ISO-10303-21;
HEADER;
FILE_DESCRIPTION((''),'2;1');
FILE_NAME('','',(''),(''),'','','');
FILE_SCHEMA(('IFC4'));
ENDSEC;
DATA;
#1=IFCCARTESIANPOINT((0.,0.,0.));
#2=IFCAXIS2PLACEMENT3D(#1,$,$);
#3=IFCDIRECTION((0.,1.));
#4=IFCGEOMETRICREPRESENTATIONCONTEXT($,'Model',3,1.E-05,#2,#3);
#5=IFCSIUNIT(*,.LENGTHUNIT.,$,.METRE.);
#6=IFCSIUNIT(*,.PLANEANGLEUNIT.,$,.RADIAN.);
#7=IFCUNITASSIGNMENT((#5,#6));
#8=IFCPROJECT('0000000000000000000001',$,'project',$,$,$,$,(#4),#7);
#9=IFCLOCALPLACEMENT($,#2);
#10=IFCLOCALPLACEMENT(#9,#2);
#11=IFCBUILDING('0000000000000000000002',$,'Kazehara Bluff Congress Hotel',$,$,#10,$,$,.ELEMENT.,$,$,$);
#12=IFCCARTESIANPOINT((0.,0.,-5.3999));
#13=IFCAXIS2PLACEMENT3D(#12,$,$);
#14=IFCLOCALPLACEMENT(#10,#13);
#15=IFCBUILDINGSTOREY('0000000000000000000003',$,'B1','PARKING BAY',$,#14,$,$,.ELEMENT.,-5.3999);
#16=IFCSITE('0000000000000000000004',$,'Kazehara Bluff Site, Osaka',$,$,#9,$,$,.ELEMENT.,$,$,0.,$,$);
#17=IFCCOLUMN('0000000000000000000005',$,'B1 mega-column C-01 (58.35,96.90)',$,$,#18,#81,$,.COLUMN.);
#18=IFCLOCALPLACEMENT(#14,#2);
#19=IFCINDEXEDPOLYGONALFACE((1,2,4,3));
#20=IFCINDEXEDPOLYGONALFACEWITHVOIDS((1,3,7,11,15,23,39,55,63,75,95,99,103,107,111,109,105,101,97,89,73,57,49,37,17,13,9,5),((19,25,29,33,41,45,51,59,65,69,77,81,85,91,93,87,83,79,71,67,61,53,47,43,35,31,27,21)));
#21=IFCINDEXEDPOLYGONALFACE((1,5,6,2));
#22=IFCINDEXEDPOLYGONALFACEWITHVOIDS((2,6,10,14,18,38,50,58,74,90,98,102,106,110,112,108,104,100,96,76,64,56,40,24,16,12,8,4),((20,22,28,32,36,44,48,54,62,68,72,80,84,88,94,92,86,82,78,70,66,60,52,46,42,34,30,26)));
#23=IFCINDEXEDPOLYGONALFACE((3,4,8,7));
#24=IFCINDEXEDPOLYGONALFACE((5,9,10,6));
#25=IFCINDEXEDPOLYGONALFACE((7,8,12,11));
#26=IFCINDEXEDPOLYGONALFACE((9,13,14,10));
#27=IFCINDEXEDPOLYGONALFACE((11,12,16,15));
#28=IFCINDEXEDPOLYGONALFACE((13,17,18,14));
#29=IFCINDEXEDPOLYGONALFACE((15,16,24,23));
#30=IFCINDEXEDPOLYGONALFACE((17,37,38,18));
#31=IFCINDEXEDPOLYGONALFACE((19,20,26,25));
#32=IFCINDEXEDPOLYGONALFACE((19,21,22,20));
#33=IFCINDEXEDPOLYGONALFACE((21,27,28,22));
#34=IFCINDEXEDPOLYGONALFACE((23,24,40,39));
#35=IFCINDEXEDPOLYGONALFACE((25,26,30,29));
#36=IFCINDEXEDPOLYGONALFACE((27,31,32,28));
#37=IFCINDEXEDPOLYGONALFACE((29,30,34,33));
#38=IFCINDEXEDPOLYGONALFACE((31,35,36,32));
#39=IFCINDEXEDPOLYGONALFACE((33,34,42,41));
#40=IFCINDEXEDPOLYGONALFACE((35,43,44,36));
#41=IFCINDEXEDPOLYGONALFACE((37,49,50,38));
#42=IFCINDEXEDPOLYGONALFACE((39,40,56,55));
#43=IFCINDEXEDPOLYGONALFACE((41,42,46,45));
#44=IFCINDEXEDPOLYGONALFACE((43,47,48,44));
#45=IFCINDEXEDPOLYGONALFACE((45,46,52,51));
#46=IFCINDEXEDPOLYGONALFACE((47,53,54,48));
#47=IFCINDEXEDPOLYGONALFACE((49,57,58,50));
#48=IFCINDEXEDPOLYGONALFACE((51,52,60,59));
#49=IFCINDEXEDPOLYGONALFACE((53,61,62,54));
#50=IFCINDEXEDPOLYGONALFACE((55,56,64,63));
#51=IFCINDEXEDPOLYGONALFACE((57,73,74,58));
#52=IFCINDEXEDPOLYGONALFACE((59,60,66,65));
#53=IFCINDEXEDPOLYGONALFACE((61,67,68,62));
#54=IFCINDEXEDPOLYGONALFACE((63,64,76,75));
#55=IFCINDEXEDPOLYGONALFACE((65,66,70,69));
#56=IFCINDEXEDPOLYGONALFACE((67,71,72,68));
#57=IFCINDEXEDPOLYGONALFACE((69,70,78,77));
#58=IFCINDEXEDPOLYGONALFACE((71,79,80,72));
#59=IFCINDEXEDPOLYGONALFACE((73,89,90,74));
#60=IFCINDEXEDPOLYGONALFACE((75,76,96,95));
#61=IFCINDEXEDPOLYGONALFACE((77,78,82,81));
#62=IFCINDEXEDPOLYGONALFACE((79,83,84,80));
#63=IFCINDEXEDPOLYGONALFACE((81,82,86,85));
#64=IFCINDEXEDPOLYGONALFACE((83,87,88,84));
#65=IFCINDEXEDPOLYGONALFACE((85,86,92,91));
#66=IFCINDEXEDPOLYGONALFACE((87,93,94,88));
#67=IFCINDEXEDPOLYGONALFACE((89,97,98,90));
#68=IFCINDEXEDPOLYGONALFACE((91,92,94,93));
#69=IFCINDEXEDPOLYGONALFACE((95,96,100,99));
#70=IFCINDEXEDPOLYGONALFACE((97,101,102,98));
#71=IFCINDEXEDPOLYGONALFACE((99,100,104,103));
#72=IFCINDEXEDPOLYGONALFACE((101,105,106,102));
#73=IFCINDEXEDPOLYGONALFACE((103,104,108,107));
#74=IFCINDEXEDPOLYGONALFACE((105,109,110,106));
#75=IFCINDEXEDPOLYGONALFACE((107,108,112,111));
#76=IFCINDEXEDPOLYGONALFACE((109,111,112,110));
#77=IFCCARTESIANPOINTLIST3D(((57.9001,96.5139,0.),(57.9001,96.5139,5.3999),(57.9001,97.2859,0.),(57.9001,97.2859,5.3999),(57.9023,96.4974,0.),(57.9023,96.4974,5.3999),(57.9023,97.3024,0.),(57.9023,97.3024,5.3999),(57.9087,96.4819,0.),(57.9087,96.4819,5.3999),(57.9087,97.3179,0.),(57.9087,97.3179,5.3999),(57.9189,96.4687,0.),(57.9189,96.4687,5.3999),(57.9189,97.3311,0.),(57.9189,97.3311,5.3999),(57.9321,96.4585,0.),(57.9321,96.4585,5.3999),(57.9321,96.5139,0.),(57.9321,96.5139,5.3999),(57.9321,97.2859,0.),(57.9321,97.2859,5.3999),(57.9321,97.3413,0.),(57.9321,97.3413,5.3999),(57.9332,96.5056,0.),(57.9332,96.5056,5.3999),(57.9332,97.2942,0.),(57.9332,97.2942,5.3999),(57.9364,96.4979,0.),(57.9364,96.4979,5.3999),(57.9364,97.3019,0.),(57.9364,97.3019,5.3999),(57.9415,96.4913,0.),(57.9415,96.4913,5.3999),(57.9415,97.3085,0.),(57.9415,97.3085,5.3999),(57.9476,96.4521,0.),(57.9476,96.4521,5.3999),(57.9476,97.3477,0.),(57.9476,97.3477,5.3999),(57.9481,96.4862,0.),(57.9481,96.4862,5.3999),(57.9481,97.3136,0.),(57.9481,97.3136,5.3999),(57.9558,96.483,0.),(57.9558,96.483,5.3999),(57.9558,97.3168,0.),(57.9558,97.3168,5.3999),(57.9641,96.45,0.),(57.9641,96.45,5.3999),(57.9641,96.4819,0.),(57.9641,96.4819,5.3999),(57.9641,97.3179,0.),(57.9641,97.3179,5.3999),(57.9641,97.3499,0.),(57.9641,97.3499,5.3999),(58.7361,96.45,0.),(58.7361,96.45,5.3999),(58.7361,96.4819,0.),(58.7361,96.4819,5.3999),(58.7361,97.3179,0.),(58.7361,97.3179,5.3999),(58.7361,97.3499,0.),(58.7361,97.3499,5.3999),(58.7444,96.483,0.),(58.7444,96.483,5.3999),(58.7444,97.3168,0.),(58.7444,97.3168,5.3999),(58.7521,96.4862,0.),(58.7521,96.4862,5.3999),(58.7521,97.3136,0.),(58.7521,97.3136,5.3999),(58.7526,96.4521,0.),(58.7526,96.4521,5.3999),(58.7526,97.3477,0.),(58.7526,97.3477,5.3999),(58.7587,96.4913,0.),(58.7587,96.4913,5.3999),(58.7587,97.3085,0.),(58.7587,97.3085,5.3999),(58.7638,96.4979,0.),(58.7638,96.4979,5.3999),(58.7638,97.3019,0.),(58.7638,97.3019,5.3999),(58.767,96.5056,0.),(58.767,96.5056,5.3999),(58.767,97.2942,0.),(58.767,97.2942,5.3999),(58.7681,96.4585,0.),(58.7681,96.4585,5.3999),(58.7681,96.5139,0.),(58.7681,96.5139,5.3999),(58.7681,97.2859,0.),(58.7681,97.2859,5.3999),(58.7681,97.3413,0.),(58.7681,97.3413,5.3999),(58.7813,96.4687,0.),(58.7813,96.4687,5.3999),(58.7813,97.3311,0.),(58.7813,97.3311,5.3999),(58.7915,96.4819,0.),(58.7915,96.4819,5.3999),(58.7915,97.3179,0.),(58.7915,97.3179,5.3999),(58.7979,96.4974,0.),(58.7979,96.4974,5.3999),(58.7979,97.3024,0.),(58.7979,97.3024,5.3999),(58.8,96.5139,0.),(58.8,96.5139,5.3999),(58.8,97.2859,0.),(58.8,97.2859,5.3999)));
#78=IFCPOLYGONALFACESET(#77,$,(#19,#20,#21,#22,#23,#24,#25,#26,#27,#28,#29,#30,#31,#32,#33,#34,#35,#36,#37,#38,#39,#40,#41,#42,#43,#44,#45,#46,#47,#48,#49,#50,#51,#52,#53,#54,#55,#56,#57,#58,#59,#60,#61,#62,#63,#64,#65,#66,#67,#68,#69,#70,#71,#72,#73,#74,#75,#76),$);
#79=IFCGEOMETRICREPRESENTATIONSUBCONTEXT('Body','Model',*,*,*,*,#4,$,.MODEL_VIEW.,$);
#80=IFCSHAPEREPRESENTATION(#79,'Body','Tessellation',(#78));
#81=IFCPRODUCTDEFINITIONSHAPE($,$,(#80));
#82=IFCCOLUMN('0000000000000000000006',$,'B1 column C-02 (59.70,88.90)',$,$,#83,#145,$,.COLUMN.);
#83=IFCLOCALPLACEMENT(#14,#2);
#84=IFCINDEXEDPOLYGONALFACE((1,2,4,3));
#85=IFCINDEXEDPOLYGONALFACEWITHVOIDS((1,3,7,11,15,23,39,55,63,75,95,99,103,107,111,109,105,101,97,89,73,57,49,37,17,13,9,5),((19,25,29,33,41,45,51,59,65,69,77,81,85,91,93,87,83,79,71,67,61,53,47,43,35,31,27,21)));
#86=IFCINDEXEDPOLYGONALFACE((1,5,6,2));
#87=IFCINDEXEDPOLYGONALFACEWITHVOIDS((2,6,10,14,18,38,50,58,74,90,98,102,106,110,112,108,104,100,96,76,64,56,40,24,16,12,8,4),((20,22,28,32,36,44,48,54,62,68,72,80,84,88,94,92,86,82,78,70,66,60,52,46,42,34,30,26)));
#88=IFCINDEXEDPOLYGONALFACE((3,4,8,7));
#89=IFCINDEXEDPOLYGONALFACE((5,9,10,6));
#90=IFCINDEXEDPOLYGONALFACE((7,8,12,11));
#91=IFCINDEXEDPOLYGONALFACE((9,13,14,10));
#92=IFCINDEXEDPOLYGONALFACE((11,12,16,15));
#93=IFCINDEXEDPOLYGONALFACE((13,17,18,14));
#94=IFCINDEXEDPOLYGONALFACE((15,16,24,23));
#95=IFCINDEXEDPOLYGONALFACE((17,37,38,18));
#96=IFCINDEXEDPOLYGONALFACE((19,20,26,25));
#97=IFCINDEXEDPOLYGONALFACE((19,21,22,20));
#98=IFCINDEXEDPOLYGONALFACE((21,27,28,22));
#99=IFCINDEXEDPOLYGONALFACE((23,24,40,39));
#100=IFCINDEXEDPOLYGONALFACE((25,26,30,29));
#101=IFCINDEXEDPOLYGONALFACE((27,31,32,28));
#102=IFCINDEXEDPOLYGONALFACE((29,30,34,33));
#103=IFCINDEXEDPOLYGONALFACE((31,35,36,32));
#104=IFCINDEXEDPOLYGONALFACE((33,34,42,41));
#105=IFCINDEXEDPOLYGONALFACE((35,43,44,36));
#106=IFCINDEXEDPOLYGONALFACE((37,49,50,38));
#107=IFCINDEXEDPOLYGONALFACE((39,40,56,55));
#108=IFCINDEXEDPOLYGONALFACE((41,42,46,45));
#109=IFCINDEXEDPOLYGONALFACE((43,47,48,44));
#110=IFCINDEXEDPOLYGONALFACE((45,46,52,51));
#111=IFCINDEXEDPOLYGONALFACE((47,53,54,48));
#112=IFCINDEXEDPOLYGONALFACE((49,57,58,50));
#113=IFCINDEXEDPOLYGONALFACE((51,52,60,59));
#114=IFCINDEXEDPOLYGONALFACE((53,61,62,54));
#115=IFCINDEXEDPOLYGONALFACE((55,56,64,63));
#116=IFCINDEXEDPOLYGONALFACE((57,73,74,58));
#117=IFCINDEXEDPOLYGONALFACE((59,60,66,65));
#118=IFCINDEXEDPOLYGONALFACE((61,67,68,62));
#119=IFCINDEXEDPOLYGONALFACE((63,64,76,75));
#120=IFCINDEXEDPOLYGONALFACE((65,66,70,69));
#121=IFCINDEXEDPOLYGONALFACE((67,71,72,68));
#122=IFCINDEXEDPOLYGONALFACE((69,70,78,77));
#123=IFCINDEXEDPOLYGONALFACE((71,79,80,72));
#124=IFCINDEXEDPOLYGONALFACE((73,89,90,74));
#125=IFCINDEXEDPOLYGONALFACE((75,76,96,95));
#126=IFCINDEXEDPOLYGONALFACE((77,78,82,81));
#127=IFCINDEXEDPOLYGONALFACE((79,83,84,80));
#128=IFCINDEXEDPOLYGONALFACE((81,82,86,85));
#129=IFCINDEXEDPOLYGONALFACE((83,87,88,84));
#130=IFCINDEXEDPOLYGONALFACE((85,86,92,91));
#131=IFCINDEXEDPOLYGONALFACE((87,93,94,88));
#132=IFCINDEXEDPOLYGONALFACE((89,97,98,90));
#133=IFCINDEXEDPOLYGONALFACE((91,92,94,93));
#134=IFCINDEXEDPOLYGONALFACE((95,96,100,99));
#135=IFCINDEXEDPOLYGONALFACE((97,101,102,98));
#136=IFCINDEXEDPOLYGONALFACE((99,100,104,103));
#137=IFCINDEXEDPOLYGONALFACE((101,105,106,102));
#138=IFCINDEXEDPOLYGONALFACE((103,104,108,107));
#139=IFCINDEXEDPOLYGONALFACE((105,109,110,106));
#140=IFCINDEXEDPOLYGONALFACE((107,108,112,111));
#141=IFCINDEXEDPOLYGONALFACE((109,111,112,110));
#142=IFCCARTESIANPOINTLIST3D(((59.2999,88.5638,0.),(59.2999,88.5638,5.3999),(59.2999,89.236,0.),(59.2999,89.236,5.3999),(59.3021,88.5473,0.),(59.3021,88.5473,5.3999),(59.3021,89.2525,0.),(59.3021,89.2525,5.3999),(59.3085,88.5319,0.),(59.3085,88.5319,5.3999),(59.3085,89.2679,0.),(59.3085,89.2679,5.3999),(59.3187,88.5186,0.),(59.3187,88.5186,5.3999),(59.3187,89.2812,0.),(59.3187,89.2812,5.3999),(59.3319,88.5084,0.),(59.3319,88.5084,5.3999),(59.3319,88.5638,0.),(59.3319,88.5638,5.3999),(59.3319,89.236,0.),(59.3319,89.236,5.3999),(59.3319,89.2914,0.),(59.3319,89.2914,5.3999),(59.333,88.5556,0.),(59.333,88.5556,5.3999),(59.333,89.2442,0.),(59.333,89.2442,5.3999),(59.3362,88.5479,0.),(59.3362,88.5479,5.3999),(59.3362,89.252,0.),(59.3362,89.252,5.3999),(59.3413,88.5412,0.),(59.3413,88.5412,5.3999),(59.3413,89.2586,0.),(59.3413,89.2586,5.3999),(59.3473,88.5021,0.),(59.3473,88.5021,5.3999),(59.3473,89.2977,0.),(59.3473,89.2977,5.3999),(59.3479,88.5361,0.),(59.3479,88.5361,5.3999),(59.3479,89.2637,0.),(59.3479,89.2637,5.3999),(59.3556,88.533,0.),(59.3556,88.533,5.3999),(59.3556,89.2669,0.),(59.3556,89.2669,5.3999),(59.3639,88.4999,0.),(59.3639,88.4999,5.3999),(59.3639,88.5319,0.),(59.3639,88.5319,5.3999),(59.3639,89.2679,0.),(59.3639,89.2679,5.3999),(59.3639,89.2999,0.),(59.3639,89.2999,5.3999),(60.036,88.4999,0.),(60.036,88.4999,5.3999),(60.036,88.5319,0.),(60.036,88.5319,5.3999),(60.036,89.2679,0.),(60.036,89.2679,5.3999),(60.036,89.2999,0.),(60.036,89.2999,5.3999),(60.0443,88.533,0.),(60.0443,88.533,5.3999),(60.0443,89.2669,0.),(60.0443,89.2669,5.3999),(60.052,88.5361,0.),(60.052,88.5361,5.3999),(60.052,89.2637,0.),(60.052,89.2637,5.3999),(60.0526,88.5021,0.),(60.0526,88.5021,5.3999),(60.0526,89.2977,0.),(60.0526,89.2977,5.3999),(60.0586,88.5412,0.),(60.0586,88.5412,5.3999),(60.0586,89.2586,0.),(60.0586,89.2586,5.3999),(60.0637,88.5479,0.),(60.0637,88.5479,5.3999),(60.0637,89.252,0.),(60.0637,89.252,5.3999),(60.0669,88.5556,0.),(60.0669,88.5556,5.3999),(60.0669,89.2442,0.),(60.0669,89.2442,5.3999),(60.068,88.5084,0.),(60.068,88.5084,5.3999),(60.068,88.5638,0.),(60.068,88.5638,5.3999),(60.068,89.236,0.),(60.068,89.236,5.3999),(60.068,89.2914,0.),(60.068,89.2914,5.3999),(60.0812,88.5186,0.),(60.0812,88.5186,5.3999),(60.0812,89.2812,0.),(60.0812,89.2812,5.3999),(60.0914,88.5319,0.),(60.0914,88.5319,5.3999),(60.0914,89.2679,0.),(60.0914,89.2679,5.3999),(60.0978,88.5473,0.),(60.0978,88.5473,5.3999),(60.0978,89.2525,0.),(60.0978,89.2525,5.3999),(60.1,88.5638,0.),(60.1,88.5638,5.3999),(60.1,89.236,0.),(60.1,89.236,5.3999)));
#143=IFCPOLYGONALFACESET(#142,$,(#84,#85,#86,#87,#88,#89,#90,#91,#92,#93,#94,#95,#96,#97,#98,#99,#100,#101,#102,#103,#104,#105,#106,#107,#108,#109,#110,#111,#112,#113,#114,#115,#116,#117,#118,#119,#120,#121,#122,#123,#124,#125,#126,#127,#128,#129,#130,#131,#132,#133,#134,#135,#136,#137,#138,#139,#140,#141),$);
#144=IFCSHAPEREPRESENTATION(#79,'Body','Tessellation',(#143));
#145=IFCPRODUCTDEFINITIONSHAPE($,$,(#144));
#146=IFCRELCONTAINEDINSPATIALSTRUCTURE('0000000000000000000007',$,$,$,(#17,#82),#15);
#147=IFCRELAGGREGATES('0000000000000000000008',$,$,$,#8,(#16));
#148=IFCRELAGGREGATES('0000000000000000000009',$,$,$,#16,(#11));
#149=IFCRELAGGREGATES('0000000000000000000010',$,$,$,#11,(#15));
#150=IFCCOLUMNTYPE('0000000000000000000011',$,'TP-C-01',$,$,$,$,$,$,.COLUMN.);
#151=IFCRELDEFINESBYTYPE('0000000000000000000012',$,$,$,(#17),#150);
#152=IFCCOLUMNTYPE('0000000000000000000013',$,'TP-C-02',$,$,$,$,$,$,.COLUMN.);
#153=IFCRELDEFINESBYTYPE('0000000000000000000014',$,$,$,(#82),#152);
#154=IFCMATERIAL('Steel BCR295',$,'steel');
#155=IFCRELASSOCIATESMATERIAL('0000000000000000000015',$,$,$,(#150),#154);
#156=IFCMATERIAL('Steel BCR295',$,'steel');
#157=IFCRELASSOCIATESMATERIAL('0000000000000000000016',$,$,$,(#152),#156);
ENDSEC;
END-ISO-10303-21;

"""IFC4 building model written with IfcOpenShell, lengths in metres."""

from ifc_helpers import new_model, si_unit, direction, frame, origin, origin_2d, place, context, subcontext, project, spatial, hollow_rectangle, extrude, material, material_profile, profile_set, type_object, element, save


model = new_model("IFC4")

# Units and contexts
model_context = context("Model", 3, precision=1e-05, world=origin(), true_north=direction((0.0, 1.0)))
body_context = subcontext(model_context, "Body", "Model", "MODEL_VIEW")
ifc_project = project(units=[si_unit("LENGTHUNIT", "METRE"), si_unit("PLANEANGLEUNIT", "RADIAN")], contexts=[model_context])

# Site, building, storey
site_placement = place(None, origin())
site = spatial("IfcSite", under=ifc_project, at=site_placement, Name="Kazehara Bluff Site, Osaka", CompositionType="ELEMENT", RefElevation=0.0)
building_placement = place(site_placement, origin())
building = spatial("IfcBuilding", under=site, at=building_placement, Name="Kazehara Bluff Congress Hotel", CompositionType="ELEMENT")
storey_placement = place(building_placement, frame((0.0, 0.0, -5.3999)))
storey = spatial("IfcBuildingStorey", under=building, at=storey_placement, Name="B1", Description="PARKING BAY", CompositionType="ELEMENT", Elevation=-5.3999)

# Columns
ifc_material_1 = material(Name="Steel BCR295", Category="steel")
ifc_material_profile_1 = material_profile(ifc_material_1, hollow_rectangle(XDim=0.8999, YDim=0.8999, WallThickness=0.032, InnerFilletRadius=0.032, OuterFilletRadius=0.064, at=origin_2d()))
ifc_profile_set_1 = profile_set([ifc_material_profile_1], Name="Steel BCR295")
column_type_1 = type_object("IfcColumnType", Name="TP-C-01", PredefinedType="COLUMN", material=ifc_profile_set_1)
for number, where, z_axis, x_axis, name in (
    (1, (58.3501, 96.8999, 0.0), (0.0, 0.0, 1.0), (1.0, 0.0, 0.0), "B1 mega-column C-01 (58.35,96.90)"),
):
    element("IfcColumn", number, at=place(storey_placement, frame(where, z_axis=z_axis, x_axis=x_axis)), inside=storey, type_object=column_type_1, Name=name, PredefinedType="COLUMN", context=body_context, shape_type="SweptSolid", body=[
        extrude(hollow_rectangle(XDim=0.8999, YDim=0.8999, WallThickness=0.032, InnerFilletRadius=0.032, OuterFilletRadius=0.064, at=origin_2d()), origin(), (0.0, 0.0, 1.0), 5.3999),
    ])
ifc_material_2 = material(Name="Steel BCR295", Category="steel")
ifc_material_profile_2 = material_profile(ifc_material_2, hollow_rectangle(XDim=0.8, YDim=0.8, WallThickness=0.032, InnerFilletRadius=0.032, OuterFilletRadius=0.064, at=origin_2d()))
ifc_profile_set_2 = profile_set([ifc_material_profile_2], Name="Steel BCR295")
column_type_2 = type_object("IfcColumnType", Name="TP-C-02", PredefinedType="COLUMN", material=ifc_profile_set_2)
for number, where, z_axis, x_axis, name in (
    (2, (59.7, 88.8999, 0.0), (0.0, 0.0, 1.0), (1.0, 0.0, 0.0), "B1 column C-02 (59.70,88.90)"),
):
    element("IfcColumn", number, at=place(storey_placement, frame(where, z_axis=z_axis, x_axis=x_axis)), inside=storey, type_object=column_type_2, Name=name, PredefinedType="COLUMN", context=body_context, shape_type="SweptSolid", body=[
        extrude(hollow_rectangle(XDim=0.8, YDim=0.8, WallThickness=0.032, InnerFilletRadius=0.032, OuterFilletRadius=0.064, at=origin_2d()), origin(), (0.0, 0.0, 1.0), 5.3999),
    ])

save(model, "model.ifc")
